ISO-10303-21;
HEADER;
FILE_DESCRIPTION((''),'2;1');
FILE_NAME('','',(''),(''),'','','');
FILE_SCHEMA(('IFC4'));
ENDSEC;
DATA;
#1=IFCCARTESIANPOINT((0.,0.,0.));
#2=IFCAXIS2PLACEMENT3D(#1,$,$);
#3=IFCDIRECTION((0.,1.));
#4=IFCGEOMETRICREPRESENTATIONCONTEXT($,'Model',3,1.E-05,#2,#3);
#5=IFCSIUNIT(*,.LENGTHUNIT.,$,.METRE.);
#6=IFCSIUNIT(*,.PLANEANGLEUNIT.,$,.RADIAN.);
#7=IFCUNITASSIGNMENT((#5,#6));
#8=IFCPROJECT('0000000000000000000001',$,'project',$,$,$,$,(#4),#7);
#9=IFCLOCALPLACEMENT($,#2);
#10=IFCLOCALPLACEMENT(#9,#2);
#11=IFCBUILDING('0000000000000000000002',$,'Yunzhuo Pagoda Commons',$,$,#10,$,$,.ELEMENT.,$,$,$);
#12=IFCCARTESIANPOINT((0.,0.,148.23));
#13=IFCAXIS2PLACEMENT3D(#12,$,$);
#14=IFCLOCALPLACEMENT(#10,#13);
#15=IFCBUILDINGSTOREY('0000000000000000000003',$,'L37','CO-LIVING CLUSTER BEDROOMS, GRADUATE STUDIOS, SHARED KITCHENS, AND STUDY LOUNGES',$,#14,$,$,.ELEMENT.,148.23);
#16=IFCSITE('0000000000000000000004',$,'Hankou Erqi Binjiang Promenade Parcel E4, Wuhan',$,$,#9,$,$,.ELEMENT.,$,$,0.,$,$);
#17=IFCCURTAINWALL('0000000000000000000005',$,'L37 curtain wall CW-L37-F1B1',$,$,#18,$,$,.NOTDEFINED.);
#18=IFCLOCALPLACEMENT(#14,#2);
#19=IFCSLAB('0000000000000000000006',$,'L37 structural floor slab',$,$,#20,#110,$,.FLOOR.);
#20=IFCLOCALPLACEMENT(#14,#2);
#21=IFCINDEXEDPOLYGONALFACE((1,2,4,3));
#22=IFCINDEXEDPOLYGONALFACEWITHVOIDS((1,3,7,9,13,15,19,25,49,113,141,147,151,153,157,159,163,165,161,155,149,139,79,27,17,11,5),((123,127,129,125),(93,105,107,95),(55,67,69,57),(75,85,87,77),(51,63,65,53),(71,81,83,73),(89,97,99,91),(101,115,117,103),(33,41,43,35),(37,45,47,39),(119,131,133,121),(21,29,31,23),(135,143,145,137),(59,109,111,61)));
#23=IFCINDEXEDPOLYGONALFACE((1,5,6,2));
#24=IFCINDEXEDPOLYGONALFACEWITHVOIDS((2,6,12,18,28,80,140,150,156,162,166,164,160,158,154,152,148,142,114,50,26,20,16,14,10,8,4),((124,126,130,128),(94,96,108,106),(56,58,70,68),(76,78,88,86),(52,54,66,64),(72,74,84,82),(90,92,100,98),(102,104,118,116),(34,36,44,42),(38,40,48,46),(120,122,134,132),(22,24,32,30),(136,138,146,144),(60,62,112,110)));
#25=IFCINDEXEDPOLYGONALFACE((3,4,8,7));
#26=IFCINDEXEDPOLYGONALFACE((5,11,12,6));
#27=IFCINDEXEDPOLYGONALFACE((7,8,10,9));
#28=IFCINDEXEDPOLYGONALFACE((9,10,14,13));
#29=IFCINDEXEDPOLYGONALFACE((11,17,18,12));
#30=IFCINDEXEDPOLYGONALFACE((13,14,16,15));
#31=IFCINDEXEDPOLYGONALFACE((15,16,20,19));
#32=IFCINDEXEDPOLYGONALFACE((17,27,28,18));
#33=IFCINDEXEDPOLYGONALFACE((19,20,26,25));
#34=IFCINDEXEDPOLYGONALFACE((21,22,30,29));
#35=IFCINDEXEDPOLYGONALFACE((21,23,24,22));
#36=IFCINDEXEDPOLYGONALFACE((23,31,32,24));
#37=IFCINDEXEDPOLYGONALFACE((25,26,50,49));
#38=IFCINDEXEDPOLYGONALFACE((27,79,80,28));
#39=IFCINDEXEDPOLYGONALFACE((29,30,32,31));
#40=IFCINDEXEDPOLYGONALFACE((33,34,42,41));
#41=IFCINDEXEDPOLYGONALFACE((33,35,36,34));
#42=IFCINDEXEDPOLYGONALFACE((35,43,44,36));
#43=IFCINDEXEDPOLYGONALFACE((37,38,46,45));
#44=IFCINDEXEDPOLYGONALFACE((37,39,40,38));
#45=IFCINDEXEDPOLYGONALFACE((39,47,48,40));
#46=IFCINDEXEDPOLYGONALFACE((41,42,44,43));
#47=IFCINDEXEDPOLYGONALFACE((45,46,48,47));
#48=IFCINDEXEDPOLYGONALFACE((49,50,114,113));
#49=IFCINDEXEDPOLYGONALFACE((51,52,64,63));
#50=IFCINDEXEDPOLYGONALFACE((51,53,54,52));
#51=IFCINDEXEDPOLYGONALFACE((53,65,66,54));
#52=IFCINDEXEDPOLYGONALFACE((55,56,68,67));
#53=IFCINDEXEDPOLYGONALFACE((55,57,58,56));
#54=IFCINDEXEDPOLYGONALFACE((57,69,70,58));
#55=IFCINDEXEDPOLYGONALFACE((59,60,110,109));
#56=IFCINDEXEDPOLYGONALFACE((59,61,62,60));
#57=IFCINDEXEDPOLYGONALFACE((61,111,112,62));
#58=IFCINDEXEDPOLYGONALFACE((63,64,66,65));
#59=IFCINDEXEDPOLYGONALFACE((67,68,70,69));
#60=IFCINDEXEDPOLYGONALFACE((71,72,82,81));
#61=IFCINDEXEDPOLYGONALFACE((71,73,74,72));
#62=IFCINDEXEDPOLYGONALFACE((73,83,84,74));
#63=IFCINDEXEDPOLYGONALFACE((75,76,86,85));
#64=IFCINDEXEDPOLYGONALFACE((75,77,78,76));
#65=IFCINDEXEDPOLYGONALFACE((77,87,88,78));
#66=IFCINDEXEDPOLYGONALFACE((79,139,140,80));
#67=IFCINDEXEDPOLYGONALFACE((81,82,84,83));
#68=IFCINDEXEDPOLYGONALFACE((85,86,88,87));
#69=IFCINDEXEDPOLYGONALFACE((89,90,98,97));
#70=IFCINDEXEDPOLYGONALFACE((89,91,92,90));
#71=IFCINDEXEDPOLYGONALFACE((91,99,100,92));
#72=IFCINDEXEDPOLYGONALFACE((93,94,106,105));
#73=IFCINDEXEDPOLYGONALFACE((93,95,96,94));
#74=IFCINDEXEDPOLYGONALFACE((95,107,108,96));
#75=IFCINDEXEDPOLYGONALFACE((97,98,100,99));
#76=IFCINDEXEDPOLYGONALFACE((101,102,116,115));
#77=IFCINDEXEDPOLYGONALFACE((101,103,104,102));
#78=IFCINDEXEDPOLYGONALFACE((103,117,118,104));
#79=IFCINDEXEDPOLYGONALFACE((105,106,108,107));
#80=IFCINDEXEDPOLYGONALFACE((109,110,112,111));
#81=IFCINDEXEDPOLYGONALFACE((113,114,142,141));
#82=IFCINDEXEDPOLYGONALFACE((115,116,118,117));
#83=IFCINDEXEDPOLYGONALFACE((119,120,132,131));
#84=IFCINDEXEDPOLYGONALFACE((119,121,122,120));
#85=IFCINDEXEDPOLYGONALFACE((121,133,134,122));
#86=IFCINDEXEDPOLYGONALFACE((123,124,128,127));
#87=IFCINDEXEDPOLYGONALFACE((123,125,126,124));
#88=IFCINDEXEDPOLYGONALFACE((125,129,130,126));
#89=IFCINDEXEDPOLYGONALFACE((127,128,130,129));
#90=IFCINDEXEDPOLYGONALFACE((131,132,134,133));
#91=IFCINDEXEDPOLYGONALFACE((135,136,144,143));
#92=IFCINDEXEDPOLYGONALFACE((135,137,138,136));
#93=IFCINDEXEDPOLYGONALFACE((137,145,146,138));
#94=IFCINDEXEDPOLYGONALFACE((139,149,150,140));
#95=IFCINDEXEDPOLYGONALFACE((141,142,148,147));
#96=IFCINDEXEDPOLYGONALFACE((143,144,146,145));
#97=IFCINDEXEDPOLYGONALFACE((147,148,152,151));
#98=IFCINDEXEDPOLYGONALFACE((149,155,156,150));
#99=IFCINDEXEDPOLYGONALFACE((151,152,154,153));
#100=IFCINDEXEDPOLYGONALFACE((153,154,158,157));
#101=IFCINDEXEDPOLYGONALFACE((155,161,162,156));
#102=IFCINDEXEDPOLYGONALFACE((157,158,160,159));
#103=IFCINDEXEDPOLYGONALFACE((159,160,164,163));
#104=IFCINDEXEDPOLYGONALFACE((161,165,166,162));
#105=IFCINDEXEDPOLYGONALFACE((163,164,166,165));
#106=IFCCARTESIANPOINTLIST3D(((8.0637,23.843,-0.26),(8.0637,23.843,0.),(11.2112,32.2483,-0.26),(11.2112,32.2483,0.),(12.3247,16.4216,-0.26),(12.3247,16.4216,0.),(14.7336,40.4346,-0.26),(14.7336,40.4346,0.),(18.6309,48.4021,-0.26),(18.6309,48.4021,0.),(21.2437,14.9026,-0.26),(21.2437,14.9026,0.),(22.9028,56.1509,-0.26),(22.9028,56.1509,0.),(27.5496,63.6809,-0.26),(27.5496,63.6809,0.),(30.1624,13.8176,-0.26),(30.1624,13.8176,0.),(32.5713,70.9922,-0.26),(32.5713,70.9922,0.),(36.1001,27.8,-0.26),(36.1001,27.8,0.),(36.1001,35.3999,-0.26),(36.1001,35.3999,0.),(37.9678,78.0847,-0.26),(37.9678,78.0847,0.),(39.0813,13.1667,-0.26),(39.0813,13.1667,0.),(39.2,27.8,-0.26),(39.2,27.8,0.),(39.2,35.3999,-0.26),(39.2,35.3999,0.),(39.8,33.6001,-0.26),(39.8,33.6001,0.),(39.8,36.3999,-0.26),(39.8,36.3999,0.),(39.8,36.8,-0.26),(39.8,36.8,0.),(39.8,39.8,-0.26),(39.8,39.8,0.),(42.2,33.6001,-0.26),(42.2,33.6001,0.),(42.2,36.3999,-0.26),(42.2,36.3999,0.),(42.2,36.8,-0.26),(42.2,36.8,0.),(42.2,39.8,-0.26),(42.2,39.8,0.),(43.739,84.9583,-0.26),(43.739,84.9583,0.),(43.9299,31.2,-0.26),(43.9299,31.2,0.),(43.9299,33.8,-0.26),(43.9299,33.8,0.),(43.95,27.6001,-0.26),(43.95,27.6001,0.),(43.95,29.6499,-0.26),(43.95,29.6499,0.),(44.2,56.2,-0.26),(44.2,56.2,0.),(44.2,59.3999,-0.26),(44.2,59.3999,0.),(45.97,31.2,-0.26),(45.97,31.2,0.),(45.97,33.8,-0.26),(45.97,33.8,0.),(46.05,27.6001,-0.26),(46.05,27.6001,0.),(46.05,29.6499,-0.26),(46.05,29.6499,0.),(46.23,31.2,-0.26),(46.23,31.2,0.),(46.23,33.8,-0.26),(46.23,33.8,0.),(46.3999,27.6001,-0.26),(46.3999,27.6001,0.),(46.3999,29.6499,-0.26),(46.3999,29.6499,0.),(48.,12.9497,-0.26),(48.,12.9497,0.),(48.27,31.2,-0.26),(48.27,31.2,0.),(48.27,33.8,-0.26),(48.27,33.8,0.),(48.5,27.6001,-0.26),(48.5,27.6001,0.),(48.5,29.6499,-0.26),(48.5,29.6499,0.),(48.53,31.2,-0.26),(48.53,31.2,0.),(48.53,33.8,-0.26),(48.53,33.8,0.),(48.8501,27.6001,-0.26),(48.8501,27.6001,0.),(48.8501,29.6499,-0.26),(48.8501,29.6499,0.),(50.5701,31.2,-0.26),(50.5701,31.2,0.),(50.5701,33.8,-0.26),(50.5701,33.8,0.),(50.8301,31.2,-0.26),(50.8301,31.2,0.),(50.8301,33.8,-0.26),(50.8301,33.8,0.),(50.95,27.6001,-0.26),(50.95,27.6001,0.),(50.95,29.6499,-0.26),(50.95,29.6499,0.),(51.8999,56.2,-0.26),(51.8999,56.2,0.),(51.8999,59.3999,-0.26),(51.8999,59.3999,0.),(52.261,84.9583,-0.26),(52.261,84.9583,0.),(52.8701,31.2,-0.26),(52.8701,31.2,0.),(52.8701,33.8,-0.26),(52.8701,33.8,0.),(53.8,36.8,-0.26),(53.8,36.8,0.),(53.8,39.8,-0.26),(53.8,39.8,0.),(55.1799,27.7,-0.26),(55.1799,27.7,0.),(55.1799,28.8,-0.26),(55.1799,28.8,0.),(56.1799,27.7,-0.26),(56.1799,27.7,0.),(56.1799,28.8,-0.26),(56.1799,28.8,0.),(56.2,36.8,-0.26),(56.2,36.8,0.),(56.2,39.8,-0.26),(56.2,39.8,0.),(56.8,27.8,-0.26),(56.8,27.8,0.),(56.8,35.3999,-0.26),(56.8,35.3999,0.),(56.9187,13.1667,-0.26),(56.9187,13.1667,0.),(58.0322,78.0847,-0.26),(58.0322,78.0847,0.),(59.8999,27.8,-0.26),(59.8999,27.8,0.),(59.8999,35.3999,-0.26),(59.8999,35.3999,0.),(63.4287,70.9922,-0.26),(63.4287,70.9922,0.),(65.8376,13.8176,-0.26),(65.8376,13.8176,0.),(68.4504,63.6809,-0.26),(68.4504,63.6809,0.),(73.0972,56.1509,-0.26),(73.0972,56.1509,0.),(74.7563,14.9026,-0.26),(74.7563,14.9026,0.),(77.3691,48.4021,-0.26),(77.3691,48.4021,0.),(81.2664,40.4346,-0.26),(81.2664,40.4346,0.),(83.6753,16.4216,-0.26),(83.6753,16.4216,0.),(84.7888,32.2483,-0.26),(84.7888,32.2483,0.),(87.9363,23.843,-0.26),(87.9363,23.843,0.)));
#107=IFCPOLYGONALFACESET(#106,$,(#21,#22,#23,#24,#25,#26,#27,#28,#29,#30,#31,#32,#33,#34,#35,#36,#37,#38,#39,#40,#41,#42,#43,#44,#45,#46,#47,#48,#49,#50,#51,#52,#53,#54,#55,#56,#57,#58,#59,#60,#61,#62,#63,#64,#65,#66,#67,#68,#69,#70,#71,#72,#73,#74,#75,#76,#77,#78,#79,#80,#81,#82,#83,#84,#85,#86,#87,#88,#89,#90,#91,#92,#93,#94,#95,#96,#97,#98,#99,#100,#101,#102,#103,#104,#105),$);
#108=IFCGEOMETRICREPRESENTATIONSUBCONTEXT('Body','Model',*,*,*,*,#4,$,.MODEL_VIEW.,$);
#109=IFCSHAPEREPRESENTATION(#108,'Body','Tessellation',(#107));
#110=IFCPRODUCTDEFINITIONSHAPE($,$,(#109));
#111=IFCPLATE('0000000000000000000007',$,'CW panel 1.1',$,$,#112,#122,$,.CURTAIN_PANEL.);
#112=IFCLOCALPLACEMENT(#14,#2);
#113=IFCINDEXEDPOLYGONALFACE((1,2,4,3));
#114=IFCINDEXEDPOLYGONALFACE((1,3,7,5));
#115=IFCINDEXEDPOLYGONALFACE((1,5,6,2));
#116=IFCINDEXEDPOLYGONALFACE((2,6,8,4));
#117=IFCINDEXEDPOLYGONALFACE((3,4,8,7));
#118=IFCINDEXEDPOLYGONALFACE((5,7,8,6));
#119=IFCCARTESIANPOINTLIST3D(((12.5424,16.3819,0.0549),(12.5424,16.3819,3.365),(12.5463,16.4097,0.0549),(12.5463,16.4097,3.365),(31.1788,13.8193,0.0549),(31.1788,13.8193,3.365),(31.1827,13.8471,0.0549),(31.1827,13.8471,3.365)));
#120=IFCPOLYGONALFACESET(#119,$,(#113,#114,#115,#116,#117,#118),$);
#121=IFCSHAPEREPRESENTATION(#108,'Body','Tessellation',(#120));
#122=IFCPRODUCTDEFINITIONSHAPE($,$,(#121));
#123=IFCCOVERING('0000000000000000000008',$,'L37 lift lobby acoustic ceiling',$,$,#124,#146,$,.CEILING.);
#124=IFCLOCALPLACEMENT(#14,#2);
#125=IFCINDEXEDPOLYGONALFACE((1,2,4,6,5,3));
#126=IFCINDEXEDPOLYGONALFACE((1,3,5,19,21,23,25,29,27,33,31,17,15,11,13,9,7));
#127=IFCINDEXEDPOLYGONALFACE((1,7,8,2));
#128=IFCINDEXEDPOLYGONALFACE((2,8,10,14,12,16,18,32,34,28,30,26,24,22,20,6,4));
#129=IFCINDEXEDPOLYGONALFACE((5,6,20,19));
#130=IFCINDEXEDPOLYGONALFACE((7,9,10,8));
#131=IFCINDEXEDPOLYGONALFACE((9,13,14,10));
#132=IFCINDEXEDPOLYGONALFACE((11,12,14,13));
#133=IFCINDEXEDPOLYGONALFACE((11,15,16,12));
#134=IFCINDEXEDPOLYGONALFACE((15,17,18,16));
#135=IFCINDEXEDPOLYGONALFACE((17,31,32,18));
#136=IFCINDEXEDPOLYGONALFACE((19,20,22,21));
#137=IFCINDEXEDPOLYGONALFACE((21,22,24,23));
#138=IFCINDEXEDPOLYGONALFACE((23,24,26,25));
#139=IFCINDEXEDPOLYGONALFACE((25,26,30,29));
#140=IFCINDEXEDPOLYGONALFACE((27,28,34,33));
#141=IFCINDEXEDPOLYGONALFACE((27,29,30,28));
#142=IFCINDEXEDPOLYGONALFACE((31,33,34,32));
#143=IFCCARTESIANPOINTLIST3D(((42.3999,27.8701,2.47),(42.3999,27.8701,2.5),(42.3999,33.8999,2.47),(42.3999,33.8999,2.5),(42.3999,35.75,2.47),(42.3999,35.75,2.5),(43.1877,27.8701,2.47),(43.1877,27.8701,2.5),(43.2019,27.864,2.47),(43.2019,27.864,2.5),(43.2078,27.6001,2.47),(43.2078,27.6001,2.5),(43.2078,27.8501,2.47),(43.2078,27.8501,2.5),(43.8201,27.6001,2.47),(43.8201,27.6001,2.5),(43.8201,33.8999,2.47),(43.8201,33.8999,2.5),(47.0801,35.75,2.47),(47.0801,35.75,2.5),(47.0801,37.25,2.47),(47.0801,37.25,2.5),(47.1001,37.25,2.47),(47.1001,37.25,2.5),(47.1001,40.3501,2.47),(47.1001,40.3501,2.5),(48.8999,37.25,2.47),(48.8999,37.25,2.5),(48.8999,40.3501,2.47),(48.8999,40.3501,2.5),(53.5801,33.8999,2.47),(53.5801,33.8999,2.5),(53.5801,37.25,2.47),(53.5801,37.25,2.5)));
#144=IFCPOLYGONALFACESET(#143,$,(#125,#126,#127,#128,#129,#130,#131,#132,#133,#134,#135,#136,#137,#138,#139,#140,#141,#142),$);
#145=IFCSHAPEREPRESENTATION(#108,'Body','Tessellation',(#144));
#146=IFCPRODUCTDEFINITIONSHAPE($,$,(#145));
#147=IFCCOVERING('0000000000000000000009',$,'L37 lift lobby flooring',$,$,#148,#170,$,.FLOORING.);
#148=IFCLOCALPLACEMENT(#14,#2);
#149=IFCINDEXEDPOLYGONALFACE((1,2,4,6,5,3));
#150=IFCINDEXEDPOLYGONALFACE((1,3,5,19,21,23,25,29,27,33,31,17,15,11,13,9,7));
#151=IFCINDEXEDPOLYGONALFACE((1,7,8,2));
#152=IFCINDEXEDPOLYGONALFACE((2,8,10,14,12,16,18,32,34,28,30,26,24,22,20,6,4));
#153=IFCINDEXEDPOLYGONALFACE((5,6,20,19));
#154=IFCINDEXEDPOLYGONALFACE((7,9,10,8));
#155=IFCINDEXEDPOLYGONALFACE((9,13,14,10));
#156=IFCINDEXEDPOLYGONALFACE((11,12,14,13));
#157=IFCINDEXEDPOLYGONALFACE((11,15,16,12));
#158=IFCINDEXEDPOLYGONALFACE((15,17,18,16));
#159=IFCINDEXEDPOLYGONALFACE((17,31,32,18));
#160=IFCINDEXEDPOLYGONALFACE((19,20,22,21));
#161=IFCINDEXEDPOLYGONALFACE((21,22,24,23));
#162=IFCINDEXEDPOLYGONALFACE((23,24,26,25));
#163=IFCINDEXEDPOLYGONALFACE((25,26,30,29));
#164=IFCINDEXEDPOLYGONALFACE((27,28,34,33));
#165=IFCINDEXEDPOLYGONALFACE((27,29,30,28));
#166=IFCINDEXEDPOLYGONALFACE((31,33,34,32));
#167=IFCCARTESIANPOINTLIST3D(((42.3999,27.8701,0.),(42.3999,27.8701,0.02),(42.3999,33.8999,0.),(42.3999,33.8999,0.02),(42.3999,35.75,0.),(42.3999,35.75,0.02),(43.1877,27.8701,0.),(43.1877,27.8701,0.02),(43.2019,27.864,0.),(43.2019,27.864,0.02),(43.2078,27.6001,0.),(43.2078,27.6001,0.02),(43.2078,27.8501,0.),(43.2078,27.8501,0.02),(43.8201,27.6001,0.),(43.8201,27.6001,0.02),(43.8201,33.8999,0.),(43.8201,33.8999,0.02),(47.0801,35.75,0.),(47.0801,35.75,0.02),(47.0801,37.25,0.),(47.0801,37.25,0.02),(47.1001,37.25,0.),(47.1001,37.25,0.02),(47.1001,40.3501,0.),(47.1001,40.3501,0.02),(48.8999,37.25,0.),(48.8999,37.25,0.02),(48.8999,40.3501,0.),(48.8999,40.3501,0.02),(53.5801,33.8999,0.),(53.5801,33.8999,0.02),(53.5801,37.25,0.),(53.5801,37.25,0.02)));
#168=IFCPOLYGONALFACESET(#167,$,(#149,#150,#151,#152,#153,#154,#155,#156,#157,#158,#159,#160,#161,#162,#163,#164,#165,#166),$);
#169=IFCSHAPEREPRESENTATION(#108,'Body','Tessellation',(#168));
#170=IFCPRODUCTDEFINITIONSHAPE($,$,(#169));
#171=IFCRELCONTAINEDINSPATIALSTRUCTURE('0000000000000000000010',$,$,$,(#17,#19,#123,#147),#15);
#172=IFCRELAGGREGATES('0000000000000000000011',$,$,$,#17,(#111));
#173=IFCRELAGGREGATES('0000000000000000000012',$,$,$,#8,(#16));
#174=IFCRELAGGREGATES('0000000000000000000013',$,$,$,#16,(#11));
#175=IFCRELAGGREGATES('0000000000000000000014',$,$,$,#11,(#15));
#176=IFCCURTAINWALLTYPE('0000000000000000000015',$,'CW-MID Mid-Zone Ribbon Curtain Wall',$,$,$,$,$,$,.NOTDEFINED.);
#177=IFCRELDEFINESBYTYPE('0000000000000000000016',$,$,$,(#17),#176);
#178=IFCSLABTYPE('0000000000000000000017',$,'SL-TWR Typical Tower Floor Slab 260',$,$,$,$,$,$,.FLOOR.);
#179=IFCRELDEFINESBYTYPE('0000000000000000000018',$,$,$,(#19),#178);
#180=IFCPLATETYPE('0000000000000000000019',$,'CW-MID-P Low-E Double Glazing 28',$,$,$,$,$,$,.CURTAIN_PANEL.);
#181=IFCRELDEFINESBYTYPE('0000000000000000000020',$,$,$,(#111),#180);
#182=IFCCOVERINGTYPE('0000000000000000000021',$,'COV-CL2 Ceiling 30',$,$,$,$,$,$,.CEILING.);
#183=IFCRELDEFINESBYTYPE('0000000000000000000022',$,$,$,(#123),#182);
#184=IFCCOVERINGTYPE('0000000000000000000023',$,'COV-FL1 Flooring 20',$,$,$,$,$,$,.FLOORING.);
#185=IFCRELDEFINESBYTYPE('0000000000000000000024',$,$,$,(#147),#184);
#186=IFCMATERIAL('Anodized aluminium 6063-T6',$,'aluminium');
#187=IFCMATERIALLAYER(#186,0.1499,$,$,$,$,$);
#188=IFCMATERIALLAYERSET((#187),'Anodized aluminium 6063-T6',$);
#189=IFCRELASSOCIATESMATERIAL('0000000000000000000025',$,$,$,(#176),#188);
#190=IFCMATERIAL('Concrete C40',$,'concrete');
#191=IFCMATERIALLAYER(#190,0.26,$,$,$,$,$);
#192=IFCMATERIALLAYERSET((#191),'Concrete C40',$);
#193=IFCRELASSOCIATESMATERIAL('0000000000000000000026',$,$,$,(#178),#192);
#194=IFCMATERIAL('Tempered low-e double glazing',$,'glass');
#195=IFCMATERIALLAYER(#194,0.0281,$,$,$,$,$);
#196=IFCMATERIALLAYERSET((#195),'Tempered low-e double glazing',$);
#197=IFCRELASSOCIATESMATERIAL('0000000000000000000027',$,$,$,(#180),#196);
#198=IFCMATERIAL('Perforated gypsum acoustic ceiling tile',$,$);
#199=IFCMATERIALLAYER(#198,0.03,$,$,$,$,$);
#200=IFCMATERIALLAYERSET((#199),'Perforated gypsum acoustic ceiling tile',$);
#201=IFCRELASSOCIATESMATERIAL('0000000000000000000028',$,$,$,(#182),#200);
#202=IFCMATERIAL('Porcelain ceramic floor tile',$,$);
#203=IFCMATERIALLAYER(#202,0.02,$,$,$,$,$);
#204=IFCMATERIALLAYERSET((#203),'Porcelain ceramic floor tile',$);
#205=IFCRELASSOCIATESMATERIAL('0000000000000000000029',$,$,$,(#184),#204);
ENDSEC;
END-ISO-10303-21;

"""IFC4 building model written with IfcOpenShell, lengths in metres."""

from ifc_helpers import new_model, si_unit, direction, frame, origin, origin_2d, place, context, subcontext, project, spatial, polyline, rectangle, outline, extrude, source, transform, mapped, material, layer, layer_set, type_object, element, aggregate, save


model = new_model("IFC4")

# Units and contexts
model_context = context("Model", 3, precision=1e-05, world=origin(), true_north=direction((0.0, 1.0)))
body_context = subcontext(model_context, "Body", "Model", "MODEL_VIEW")
ifc_project = project(units=[si_unit("LENGTHUNIT", "METRE"), si_unit("PLANEANGLEUNIT", "RADIAN")], contexts=[model_context])

# Site, building, storey
site_placement = place(None, origin())
site = spatial("IfcSite", under=ifc_project, at=site_placement, Name="Hankou Erqi Binjiang Promenade Parcel E4, Wuhan", CompositionType="ELEMENT", RefElevation=0.0)
building_placement = place(site_placement, origin())
building = spatial("IfcBuilding", under=site, at=building_placement, Name="Yunzhuo Pagoda Commons", CompositionType="ELEMENT")
storey_placement = place(building_placement, frame((0.0, 0.0, 148.23)))
storey = spatial("IfcBuildingStorey", under=building, at=storey_placement, Name="L37", Description="CO-LIVING CLUSTER BEDROOMS, GRADUATE STUDIOS, SHARED KITCHENS, AND STUDY LOUNGES", CompositionType="ELEMENT", Elevation=148.23)

# Curtain wall
ifc_material_1 = material(Name="Anodized aluminium 6063-T6", Category="aluminium")
ifc_layer_1 = layer(ifc_material_1, 0.1499)
ifc_layer_set_1 = layer_set([ifc_layer_1], Name="Anodized aluminium 6063-T6")
curtain_wall_type = type_object("IfcCurtainWallType", Name="CW-MID Mid-Zone Ribbon Curtain Wall", PredefinedType="NOTDEFINED", material=ifc_layer_set_1)
curtain_wall_1_placement = place(storey_placement, origin())
curtain_wall_1 = element("IfcCurtainWall", 1, at=curtain_wall_1_placement, inside=storey, type_object=curtain_wall_type, Name="L37 curtain wall CW-L37-F1B1", PredefinedType="NOTDEFINED")

# Shared definitions
ifc_material_2 = material(Name="Concrete C40", Category="concrete")

# Slab
ifc_layer_2 = layer(ifc_material_2, 0.26)
ifc_layer_set_2 = layer_set([ifc_layer_2], Name="Concrete C40")
slab_type_1 = type_object("IfcSlabType", Name="SL-TWR Typical Tower Floor Slab 260", PredefinedType="FLOOR", material=ifc_layer_set_2)
slab_1_placement = place(storey_placement, frame((0.0, 0.0, -0.26)))
element("IfcSlab", 2, at=slab_1_placement, inside=storey, type_object=slab_type_1, Name="L37 structural floor slab", PredefinedType="FLOOR", context=body_context, shape_type="SweptSolid", body=[
    extrude(outline(polyline([(11.2112, 32.2483), (14.7336, 40.4346), (18.6309, 48.4021), (22.9028, 56.1509), (27.5496, 63.6809), (32.5713, 70.9922), (37.9678, 78.0847), (43.739, 84.9583), (52.261, 84.9583), (58.0322, 78.0847), (63.4287, 70.9922), (68.4504, 63.6809), (73.0972, 56.1509), (77.3691, 48.4021), (81.2664, 40.4346), (84.7888, 32.2483), (87.9363, 23.843), (83.6753, 16.4216), (74.7563, 14.9026), (65.8376, 13.8176), (56.9187, 13.1667), (48.0, 12.9497), (39.0813, 13.1667), (30.1624, 13.8176), (21.2437, 14.9026), (12.3247, 16.4216), (8.0637, 23.843), (11.2112, 32.2483)]), holes=[polyline([(46.05, 29.6499), (43.95, 29.6499), (43.95, 27.6001), (46.05, 27.6001), (46.05, 29.6499)]), polyline([(48.5, 27.6001), (48.5, 29.6499), (46.3999, 29.6499), (46.3999, 27.6001), (48.5, 27.6001)]), polyline([(36.1001, 27.8), (39.2, 27.8), (39.2, 35.3999), (36.1001, 35.3999), (36.1001, 27.8)]), polyline([(45.97, 31.2), (45.97, 33.8), (43.9299, 33.8), (43.9299, 31.2), (45.97, 31.2)]), polyline([(48.27, 31.2), (48.27, 33.8), (46.23, 33.8), (46.23, 31.2), (48.27, 31.2)]), polyline([(42.2, 33.6001), (42.2, 36.3999), (39.8, 36.3999), (39.8, 33.6001), (42.2, 33.6001)]), polyline([(42.2, 36.8), (42.2, 39.8), (39.8, 39.8), (39.8, 36.8), (42.2, 36.8)]), polyline([(56.1799, 28.8), (55.1799, 28.8), (55.1799, 27.7), (56.1799, 27.7), (56.1799, 28.8)]), polyline([(50.95, 27.6001), (50.95, 29.6499), (48.8501, 29.6499), (48.8501, 27.6001), (50.95, 27.6001)]), polyline([(56.8, 27.8), (59.8999, 27.8), (59.8999, 35.3999), (56.8, 35.3999), (56.8, 27.8)]), polyline([(50.5701, 31.2), (50.5701, 33.8), (48.53, 33.8), (48.53, 31.2), (50.5701, 31.2)]), polyline([(52.8701, 31.2), (52.8701, 33.8), (50.8301, 33.8), (50.8301, 31.2), (52.8701, 31.2)]), polyline([(56.2, 36.8), (56.2, 39.8), (53.8, 39.8), (53.8, 36.8), (56.2, 36.8)]), polyline([(51.8999, 56.2), (51.8999, 59.3999), (44.2, 59.3999), (44.2, 56.2), (51.8999, 56.2)])]), origin(), (0.0, 0.0, 1.0), 0.26),
])

# Plate
ifc_material_3 = material(Name="Tempered low-e double glazing", Category="glass")
ifc_layer_3 = layer(ifc_material_3, 0.0281)
ifc_layer_set_3 = layer_set([ifc_layer_3], Name="Tempered low-e double glazing")
plate_type = type_object("IfcPlateType", Name="CW-MID-P Low-E Double Glazing 28", PredefinedType="CURTAIN_PANEL", material=ifc_layer_set_3)
shared_shape_1 = source(origin(), body_context, "Body", "SweptSolid", [
    extrude(rectangle(XDim=18.8118, YDim=0.0281, at=origin_2d()), origin(), (0.0, 0.0, 1.0), 3.3101),
])
plate_placement = place(storey_placement, frame((21.8625, 15.1145, 0.0549), z_axis=(0.0, 0.0, 1.0), x_axis=(0.990679, -0.136221, 0.0)))
plate = element("IfcPlate", 3, at=plate_placement, type_object=plate_type, Name="CW panel 1.1", PredefinedType="CURTAIN_PANEL", context=body_context, shape_type="MappedRepresentation", body=[
    mapped(shared_shape_1, transform((0.0, 0.0, 0.0), scale=1.0)),
])
aggregate(curtain_wall_1, [plate])

# Coverings
ifc_material_4 = material(Name="Perforated gypsum acoustic ceiling tile")
ifc_layer_4 = layer(ifc_material_4, 0.03)
ifc_layer_set_4 = layer_set([ifc_layer_4], Name="Perforated gypsum acoustic ceiling tile")
covering_type_1 = type_object("IfcCoveringType", Name="COV-CL2 Ceiling 30", PredefinedType="CEILING", material=ifc_layer_set_4)
covering_1_placement = place(storey_placement, frame((0.0, 0.0, 2.47)))
element("IfcCovering", 4, at=covering_1_placement, inside=storey, type_object=covering_type_1, Name="L37 lift lobby acoustic ceiling", PredefinedType="CEILING", context=body_context, shape_type="SweptSolid", body=[
    extrude(outline(polyline([(42.3999, 35.75), (47.0801, 35.75), (47.0801, 37.25), (47.1001, 37.25), (47.1001, 40.3501), (48.8999, 40.3501), (48.8999, 37.25), (53.5801, 37.25), (53.5801, 33.8999), (43.8201, 33.8999), (43.8201, 27.6001), (43.2078, 27.6001), (43.2078, 27.8501), (43.2019, 27.864), (43.1877, 27.8701), (42.3999, 27.8701), (42.3999, 33.8999), (42.3999, 35.75)])), origin(), (0.0, 0.0, 1.0), 0.03),
])
ifc_material_5 = material(Name="Porcelain ceramic floor tile")
ifc_layer_5 = layer(ifc_material_5, 0.02)
ifc_layer_set_5 = layer_set([ifc_layer_5], Name="Porcelain ceramic floor tile")
covering_type_2 = type_object("IfcCoveringType", Name="COV-FL1 Flooring 20", PredefinedType="FLOORING", material=ifc_layer_set_5)
covering_2_placement = place(storey_placement, origin())
element("IfcCovering", 5, at=covering_2_placement, inside=storey, type_object=covering_type_2, Name="L37 lift lobby flooring", PredefinedType="FLOORING", context=body_context, shape_type="SweptSolid", body=[
    extrude(outline(polyline([(42.3999, 35.75), (47.0801, 35.75), (47.0801, 37.25), (47.1001, 37.25), (47.1001, 40.3501), (48.8999, 40.3501), (48.8999, 37.25), (53.5801, 37.25), (53.5801, 33.8999), (43.8201, 33.8999), (43.8201, 27.6001), (43.2078, 27.6001), (43.2078, 27.8501), (43.2019, 27.864), (43.1877, 27.8701), (42.3999, 27.8701), (42.3999, 33.8999), (42.3999, 35.75)])), origin(), (0.0, 0.0, 1.0), 0.02),
])

save(model, "model.ifc")
